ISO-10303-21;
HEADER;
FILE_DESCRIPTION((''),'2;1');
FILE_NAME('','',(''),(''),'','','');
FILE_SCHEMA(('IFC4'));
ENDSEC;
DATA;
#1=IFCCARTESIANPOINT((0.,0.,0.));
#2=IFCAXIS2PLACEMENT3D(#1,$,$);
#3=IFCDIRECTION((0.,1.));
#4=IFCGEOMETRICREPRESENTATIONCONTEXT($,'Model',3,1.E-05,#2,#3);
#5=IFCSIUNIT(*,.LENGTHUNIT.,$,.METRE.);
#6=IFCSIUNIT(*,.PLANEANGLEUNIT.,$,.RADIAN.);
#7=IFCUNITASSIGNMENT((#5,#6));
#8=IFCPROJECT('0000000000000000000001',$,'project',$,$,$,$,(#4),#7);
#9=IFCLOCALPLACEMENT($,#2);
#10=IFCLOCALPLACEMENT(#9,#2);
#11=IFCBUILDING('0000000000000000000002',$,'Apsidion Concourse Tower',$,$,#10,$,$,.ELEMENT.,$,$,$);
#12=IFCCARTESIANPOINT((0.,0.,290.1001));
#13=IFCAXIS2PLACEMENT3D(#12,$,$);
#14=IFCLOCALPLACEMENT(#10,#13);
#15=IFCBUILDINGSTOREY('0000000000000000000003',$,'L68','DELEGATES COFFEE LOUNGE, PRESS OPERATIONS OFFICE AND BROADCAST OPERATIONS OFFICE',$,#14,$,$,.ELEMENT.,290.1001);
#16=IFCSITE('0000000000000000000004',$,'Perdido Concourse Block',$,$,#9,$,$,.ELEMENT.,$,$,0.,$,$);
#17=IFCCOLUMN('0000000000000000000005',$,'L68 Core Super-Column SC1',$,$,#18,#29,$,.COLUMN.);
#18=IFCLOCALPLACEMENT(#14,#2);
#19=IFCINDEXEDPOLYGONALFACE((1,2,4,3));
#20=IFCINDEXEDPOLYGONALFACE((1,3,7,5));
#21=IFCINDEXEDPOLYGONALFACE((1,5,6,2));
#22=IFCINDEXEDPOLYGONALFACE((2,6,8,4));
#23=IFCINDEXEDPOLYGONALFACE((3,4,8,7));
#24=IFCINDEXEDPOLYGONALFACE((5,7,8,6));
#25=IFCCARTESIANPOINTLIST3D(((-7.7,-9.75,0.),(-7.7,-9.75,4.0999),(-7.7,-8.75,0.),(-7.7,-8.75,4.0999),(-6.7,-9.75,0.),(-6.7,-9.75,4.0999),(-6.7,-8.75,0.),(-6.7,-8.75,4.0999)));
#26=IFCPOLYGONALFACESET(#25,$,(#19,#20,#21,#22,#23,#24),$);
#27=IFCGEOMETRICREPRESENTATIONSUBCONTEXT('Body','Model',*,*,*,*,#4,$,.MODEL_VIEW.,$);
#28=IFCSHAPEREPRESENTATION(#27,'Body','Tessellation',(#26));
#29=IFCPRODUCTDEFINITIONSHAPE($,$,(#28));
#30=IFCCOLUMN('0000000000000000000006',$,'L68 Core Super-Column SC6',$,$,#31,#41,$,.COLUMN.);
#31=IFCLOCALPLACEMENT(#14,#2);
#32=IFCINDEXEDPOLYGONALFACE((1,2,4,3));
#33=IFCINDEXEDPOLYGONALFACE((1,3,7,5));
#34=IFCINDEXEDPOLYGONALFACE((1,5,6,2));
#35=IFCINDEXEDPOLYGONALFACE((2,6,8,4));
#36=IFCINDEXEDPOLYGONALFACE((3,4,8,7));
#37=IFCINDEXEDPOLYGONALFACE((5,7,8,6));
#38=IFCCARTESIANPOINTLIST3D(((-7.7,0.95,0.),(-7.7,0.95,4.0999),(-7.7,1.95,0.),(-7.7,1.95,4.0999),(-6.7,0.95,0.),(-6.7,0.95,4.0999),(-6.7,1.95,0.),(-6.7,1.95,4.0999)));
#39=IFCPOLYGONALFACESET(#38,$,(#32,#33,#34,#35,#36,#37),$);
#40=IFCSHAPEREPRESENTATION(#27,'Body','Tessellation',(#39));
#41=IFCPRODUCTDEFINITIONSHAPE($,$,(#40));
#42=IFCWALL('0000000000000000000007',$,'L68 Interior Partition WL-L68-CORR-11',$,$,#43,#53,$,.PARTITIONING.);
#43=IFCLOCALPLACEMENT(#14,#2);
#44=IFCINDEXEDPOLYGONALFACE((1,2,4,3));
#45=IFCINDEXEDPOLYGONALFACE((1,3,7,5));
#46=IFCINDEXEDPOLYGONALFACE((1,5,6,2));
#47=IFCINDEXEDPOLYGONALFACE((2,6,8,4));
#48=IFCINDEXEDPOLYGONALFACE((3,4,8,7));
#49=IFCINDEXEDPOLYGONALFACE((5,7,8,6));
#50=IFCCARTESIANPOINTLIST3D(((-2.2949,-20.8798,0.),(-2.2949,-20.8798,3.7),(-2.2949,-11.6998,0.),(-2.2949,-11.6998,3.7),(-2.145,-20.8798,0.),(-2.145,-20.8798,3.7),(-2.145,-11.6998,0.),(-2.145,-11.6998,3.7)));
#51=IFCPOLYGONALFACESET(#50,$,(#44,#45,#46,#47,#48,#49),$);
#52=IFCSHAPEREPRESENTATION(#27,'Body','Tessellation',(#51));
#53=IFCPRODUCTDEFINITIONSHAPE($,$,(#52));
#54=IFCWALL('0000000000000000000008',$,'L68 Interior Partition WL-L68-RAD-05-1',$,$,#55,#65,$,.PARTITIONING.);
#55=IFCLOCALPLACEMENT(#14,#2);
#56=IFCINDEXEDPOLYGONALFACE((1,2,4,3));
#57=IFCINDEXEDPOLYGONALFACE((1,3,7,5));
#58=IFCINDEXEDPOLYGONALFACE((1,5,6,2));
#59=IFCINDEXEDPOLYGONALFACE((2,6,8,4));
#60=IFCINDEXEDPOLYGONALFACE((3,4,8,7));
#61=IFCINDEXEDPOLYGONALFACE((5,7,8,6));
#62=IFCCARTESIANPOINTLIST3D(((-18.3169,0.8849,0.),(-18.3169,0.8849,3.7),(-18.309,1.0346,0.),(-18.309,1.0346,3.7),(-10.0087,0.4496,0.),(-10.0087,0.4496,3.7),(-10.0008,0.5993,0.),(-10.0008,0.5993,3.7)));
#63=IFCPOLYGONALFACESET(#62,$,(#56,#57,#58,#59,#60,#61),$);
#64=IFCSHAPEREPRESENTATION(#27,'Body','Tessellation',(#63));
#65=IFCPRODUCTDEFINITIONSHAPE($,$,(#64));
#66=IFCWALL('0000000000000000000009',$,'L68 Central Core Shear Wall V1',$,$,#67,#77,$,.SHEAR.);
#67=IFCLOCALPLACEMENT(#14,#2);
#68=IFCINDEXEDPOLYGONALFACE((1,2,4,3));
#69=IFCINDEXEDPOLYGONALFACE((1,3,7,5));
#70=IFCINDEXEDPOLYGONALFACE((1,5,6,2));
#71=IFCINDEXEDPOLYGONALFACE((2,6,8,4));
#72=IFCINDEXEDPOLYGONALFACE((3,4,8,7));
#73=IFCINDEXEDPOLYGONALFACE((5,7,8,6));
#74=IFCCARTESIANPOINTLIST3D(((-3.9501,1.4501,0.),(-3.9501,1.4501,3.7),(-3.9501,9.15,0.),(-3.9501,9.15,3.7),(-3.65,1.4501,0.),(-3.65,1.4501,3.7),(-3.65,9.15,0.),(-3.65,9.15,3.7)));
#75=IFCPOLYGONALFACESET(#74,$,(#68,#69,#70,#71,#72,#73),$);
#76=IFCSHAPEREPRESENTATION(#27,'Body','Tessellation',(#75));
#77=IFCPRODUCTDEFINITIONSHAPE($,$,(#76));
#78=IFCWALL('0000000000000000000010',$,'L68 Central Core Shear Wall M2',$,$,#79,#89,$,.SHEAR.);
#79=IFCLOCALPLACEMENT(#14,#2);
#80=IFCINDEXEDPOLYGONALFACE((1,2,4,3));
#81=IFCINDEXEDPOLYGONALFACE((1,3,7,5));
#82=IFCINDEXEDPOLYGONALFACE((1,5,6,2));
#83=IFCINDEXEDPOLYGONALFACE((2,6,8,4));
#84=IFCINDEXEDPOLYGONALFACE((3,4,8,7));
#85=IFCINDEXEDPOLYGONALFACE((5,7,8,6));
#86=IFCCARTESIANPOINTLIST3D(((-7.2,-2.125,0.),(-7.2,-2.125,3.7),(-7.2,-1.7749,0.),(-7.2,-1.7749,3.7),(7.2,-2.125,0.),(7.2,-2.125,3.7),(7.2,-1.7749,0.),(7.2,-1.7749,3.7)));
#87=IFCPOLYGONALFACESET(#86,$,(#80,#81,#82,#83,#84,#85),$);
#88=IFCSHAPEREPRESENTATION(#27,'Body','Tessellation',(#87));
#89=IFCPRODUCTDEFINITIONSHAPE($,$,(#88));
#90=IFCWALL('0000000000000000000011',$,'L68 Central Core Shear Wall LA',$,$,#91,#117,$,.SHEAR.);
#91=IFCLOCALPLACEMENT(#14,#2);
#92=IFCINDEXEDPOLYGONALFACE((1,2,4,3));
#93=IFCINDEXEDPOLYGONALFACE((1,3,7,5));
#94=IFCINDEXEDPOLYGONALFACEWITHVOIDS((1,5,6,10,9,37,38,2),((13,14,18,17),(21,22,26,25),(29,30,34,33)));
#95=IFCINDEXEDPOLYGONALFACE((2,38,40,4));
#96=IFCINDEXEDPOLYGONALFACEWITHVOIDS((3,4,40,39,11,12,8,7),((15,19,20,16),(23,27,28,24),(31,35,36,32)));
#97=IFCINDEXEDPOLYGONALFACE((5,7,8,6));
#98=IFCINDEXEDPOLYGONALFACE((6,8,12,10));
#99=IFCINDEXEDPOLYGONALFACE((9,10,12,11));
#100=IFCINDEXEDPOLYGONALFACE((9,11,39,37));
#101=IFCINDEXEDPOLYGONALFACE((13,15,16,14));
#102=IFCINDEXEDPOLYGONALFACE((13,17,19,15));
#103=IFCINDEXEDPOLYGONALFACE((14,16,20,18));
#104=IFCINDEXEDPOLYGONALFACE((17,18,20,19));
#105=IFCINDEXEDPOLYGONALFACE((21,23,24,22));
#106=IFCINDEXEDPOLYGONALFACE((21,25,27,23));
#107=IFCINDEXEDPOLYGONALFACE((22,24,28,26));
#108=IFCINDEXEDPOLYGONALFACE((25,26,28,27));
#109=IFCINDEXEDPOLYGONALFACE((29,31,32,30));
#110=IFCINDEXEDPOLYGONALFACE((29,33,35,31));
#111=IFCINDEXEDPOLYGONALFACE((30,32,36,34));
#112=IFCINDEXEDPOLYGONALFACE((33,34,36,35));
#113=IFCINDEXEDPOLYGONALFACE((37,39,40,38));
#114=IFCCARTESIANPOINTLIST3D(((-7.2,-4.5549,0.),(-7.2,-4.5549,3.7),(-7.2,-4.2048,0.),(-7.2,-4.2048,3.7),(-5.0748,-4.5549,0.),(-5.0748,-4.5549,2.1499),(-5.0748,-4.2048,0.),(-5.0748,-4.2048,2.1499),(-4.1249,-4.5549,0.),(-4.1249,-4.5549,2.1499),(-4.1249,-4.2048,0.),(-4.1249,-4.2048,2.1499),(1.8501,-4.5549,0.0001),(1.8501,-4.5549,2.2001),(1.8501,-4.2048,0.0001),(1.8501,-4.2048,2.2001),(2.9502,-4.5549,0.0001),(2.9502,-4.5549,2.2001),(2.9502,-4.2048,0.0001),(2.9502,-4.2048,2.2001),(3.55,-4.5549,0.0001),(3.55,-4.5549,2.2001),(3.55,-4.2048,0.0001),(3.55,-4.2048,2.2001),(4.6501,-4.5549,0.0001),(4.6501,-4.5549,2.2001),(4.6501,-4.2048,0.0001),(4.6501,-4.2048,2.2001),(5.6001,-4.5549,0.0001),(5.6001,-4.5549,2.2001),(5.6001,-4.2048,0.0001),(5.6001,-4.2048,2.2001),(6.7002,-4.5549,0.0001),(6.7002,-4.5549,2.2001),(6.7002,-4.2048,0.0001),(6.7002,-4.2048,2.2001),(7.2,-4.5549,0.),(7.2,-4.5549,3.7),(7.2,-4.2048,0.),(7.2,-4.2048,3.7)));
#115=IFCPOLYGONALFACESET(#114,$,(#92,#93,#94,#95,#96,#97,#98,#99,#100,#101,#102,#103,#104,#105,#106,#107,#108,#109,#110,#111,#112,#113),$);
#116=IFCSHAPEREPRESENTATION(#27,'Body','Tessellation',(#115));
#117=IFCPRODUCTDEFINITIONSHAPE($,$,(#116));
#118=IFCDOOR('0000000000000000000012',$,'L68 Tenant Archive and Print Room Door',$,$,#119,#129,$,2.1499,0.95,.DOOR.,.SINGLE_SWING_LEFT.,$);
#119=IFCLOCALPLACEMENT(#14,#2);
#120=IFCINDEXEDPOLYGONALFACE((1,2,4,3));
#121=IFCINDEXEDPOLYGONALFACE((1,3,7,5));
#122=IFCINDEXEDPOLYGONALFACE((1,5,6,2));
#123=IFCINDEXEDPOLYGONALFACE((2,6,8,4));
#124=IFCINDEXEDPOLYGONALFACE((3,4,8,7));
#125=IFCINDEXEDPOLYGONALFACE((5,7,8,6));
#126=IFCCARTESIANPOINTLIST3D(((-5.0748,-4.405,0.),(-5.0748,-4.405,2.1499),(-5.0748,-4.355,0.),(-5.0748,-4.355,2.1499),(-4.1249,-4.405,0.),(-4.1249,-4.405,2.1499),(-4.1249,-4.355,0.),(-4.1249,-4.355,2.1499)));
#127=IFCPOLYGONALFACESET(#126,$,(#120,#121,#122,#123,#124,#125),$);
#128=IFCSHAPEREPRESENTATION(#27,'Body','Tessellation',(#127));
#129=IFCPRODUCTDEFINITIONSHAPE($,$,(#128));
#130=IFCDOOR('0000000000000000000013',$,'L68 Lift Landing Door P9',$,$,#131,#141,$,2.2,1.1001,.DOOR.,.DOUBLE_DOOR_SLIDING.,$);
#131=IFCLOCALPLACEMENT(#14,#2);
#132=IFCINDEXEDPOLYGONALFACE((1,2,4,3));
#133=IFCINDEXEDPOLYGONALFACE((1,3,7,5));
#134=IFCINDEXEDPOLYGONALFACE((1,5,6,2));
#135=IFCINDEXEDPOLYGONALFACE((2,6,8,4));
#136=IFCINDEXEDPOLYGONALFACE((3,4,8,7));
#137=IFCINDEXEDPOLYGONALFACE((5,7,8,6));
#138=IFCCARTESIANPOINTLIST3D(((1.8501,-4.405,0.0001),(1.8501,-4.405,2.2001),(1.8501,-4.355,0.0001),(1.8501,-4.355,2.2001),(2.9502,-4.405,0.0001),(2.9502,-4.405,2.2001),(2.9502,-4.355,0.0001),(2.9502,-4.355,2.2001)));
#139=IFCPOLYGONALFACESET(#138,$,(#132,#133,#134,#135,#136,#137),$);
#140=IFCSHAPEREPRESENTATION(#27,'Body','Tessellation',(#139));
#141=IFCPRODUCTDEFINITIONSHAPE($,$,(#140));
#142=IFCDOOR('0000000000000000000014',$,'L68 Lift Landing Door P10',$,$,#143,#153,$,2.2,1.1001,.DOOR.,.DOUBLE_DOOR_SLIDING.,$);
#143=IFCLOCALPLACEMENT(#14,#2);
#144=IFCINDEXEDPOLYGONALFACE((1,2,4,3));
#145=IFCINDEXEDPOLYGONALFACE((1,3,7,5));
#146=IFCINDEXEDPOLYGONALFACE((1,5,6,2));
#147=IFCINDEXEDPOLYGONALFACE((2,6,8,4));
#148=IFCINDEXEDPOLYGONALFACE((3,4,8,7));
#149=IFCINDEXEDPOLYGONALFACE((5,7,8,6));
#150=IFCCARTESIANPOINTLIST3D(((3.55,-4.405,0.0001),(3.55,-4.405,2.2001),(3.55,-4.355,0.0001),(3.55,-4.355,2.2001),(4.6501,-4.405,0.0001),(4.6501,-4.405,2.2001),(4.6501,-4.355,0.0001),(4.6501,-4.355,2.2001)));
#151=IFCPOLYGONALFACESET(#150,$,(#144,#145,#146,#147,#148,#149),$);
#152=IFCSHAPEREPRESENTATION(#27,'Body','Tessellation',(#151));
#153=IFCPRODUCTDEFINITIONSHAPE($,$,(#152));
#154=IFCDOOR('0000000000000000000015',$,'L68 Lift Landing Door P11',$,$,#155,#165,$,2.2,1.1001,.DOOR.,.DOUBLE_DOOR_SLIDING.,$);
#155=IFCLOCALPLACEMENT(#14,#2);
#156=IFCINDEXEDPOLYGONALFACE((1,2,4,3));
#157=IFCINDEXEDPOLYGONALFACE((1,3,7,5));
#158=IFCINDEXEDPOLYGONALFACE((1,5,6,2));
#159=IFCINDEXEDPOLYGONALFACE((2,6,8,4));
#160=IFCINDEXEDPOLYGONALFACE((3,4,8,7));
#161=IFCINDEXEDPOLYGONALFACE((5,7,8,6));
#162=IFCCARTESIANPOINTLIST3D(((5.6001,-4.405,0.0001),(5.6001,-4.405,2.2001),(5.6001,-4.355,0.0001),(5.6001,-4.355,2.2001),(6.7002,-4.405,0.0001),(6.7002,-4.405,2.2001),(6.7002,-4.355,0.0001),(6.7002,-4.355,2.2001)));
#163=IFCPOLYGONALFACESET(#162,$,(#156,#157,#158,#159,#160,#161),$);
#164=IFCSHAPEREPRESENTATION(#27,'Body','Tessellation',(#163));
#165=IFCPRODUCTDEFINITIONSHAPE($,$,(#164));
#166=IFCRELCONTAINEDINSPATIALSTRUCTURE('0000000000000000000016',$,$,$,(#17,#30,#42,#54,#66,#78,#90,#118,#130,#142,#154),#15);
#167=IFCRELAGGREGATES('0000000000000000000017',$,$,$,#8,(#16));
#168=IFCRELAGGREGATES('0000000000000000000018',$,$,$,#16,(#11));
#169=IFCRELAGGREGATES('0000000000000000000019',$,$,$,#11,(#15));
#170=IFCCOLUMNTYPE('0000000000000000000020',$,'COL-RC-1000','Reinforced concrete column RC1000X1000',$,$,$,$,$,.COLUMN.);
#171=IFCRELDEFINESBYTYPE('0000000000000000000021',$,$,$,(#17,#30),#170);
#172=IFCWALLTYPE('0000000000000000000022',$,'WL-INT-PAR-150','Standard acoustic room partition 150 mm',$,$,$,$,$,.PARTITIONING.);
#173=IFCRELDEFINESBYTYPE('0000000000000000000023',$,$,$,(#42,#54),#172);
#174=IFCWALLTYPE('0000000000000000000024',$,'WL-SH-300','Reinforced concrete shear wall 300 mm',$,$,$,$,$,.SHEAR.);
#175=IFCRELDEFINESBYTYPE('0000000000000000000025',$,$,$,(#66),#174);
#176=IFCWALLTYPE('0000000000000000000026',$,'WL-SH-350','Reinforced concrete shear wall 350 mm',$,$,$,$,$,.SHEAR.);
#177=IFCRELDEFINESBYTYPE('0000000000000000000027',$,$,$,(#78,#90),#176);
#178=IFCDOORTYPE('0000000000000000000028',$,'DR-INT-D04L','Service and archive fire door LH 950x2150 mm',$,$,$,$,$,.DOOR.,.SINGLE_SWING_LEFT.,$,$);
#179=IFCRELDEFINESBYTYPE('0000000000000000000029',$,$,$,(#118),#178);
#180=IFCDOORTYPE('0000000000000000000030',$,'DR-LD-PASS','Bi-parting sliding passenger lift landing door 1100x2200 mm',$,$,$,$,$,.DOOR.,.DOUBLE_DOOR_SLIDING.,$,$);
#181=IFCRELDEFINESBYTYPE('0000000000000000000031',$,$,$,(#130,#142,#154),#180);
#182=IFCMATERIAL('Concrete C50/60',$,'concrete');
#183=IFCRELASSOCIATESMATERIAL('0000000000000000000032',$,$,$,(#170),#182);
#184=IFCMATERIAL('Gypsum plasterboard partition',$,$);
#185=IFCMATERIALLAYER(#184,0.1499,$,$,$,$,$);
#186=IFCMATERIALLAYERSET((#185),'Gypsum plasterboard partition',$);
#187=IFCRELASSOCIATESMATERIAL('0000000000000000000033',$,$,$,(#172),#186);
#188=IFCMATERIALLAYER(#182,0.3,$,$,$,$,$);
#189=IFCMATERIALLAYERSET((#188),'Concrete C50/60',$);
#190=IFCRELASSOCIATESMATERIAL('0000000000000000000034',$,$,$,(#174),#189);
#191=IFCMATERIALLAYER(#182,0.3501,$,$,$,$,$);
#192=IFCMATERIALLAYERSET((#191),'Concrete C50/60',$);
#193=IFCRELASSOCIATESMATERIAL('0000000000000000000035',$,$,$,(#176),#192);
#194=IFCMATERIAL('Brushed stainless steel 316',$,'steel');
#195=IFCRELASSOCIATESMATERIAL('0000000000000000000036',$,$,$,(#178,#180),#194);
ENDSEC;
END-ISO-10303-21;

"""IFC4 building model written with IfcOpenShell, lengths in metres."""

from ifc_helpers import new_model, si_unit, direction, frame, frame_2d, origin, origin_2d, place, context, subcontext, project, spatial, rectangle, extrude, material, layer, layer_set, material_profile, profile_set, type_object, element, fill, save


model = new_model("IFC4")

# Units and contexts
model_context = context("Model", 3, precision=1e-05, world=origin(), true_north=direction((0.0, 1.0)))
body_context = subcontext(model_context, "Body", "Model", "MODEL_VIEW")
ifc_project = project(units=[si_unit("LENGTHUNIT", "METRE"), si_unit("PLANEANGLEUNIT", "RADIAN")], contexts=[model_context])

# Site, building, storey
site_placement = place(None, origin())
site = spatial("IfcSite", under=ifc_project, at=site_placement, Name="Perdido Concourse Block", CompositionType="ELEMENT", RefElevation=0.0)
building_placement = place(site_placement, origin())
building = spatial("IfcBuilding", under=site, at=building_placement, Name="Apsidion Concourse Tower", CompositionType="ELEMENT")
storey_placement = place(building_placement, frame((0.0, 0.0, 290.1001)))
storey = spatial("IfcBuildingStorey", under=building, at=storey_placement, Name="L68", Description="DELEGATES COFFEE LOUNGE, PRESS OPERATIONS OFFICE AND BROADCAST OPERATIONS OFFICE", CompositionType="ELEMENT", Elevation=290.1001)

# Columns
ifc_material_1 = material(Name="Concrete C50/60", Category="concrete")
ifc_material_profile = material_profile(ifc_material_1, rectangle(XDim=1.0, YDim=1.0, at=origin_2d()), Name="RC 1000x1000")
ifc_profile_set = profile_set([ifc_material_profile], Name="Concrete C50/60")
column_type = type_object("IfcColumnType", Name="COL-RC-1000", Description="Reinforced concrete column RC1000X1000", PredefinedType="COLUMN", material=ifc_profile_set)
for number, where, z_axis, x_axis, name in (
    (1, (-7.2, -9.25, 0.0), (0.0, 0.0, 1.0), (1.0, 0.0, 0.0), "L68 Core Super-Column SC1"),
    (2, (-7.2, 1.45, 0.0), (0.0, 0.0, 1.0), (1.0, 0.0, 0.0), "L68 Core Super-Column SC6"),
):
    element("IfcColumn", number, at=place(storey_placement, frame(where, z_axis=z_axis, x_axis=x_axis)), inside=storey, type_object=column_type, Name=name, PredefinedType="COLUMN", context=body_context, shape_type="SweptSolid", body=[
        extrude(rectangle(XDim=1.0, YDim=1.0, at=origin_2d()), origin(), (0.0, 0.0, 1.0), 4.0999),
    ])

# Walls
ifc_material_2 = material(Name="Gypsum plasterboard partition")
ifc_layer_1 = layer(ifc_material_2, 0.1499)
ifc_layer_set_1 = layer_set([ifc_layer_1], Name="Gypsum plasterboard partition")
wall_type_1 = type_object("IfcWallType", Name="WL-INT-PAR-150", Description="Standard acoustic room partition 150 mm", PredefinedType="PARTITIONING", material=ifc_layer_set_1)
wall_1_placement = place(storey_placement, frame((-2.22, -11.7, 0.0), z_axis=(0.0, 0.0, 1.0), x_axis=(0.0, -1.0, 0.0)))
element("IfcWall", 3, at=wall_1_placement, inside=storey, type_object=wall_type_1, Name="L68 Interior Partition WL-L68-CORR-11", PredefinedType="PARTITIONING", context=body_context, shape_type="SweptSolid", body=[
    extrude(rectangle(XDim=9.1799, YDim=0.1499, at=frame_2d((4.5898, 0.0))), origin(), (0.0, 0.0, 1.0), 3.7),
])
wall_2_placement = place(storey_placement, frame((-10.0049, 0.5244, 0.0), z_axis=(0.0, 0.0, 1.0), x_axis=(-0.99863, 0.052323, 0.0)))
element("IfcWall", 4, at=wall_2_placement, inside=storey, type_object=wall_type_1, Name="L68 Interior Partition WL-L68-RAD-05-1", PredefinedType="PARTITIONING", context=body_context, shape_type="SweptSolid", body=[
    extrude(rectangle(XDim=8.3196, YDim=0.1499, at=frame_2d((4.1597, 0.0))), origin(), (0.0, 0.0, 1.0), 3.7),
])

# Shared definitions
ifc_material_3 = material(Name="Brushed stainless steel 316", Category="steel")

# Wall
ifc_layer_2 = layer(ifc_material_1, 0.3)
ifc_layer_set_2 = layer_set([ifc_layer_2], Name="Concrete C50/60")
wall_type_2 = type_object("IfcWallType", Name="WL-SH-300", Description="Reinforced concrete shear wall 300 mm", PredefinedType="SHEAR", material=ifc_layer_set_2)
wall_3_placement = place(storey_placement, frame((-3.8, 1.45, 0.0), z_axis=(0.0, 0.0, 1.0), x_axis=(0.0, 1.0, 0.0)))
element("IfcWall", 5, at=wall_3_placement, inside=storey, type_object=wall_type_2, Name="L68 Central Core Shear Wall V1", PredefinedType="SHEAR", context=body_context, shape_type="SweptSolid", body=[
    extrude(rectangle(XDim=7.7, YDim=0.3, at=frame_2d((3.8501, 0.0))), origin(), (0.0, 0.0, 1.0), 3.7),
])

# Shared definitions
ifc_layer_3 = layer(ifc_material_1, 0.3501)
ifc_layer_set_3 = layer_set([ifc_layer_3], Name="Concrete C50/60")
wall_type_3 = type_object("IfcWallType", Name="WL-SH-350", Description="Reinforced concrete shear wall 350 mm", PredefinedType="SHEAR", material=ifc_layer_set_3)

# Wall
wall_4_placement = place(storey_placement, frame((-7.2, -1.95, 0.0), z_axis=(0.0, 0.0, 1.0), x_axis=(1.0, 0.0, 0.0)))
element("IfcWall", 6, at=wall_4_placement, inside=storey, type_object=wall_type_3, Name="L68 Central Core Shear Wall M2", PredefinedType="SHEAR", context=body_context, shape_type="SweptSolid", body=[
    extrude(rectangle(XDim=14.3999, YDim=0.3501, at=frame_2d((7.2, 0.0))), origin(), (0.0, 0.0, 1.0), 3.7),
])

# Wall, openings, doors
wall_5_placement = place(storey_placement, frame((-7.2, -4.3799, 0.0), z_axis=(0.0, 0.0, 1.0), x_axis=(1.0, 0.0, 0.0)))
wall_5 = element("IfcWall", 7, at=wall_5_placement, inside=storey, type_object=wall_type_3, Name="L68 Central Core Shear Wall LA", PredefinedType="SHEAR", context=body_context, shape_type="SweptSolid", body=[
    extrude(rectangle(XDim=14.3999, YDim=0.3501, at=frame_2d((7.2, 0.0))), origin(), (0.0, 0.0, 1.0), 3.7),
])
opening_1_placement = place(wall_5_placement, frame((9.05, 0.0, 0.0)))
opening_1 = element("IfcOpeningElement", 8, at=opening_1_placement, cuts=wall_5, PredefinedType="OPENING", context=body_context, shape_type="SweptSolid", body=[
    extrude(rectangle(XDim=1.1001, YDim=2.2, at=frame_2d((0.55, 1.1001))), frame((0.0, 0.1851, 0.0), z_axis=(0.0, -1.0, 0.0), x_axis=(1.0, 0.0, 0.0)), (0.0, 0.0, 1.0), 0.3701),
])
opening_2_placement = place(wall_5_placement, frame((10.75, 0.0, 0.0)))
opening_2 = element("IfcOpeningElement", 9, at=opening_2_placement, cuts=wall_5, PredefinedType="OPENING", context=body_context, shape_type="SweptSolid", body=[
    extrude(rectangle(XDim=1.1001, YDim=2.2, at=frame_2d((0.55, 1.1001))), frame((0.0, 0.1851, 0.0), z_axis=(0.0, -1.0, 0.0), x_axis=(1.0, 0.0, 0.0)), (0.0, 0.0, 1.0), 0.3701),
])
opening_3_placement = place(wall_5_placement, frame((12.8, 0.0, 0.0)))
opening_3 = element("IfcOpeningElement", 10, at=opening_3_placement, cuts=wall_5, PredefinedType="OPENING", context=body_context, shape_type="SweptSolid", body=[
    extrude(rectangle(XDim=1.1001, YDim=2.2, at=frame_2d((0.55, 1.1001))), frame((0.0, 0.1851, 0.0), z_axis=(0.0, -1.0, 0.0), x_axis=(1.0, 0.0, 0.0)), (0.0, 0.0, 1.0), 0.3701),
])
opening_4_placement = place(wall_5_placement, frame((2.125, 0.0, 0.0)))
opening_4 = element("IfcOpeningElement", 11, at=opening_4_placement, cuts=wall_5, PredefinedType="OPENING", context=body_context, shape_type="SweptSolid", body=[
    extrude(rectangle(XDim=0.95, YDim=2.1499, at=frame_2d((0.4751, 1.075))), frame((0.0, 0.1851, 0.0), z_axis=(0.0, -1.0, 0.0), x_axis=(1.0, 0.0, 0.0)), (0.0, 0.0, 1.0), 0.3701),
])
door_type_1 = type_object("IfcDoorType", Name="DR-INT-D04L", Description="Service and archive fire door LH 950x2150 mm", OperationType="SINGLE_SWING_LEFT", PredefinedType="DOOR", material=ifc_material_3)
door_1_placement = place(opening_4_placement, origin())
door_1 = element("IfcDoor", 12, at=door_1_placement, inside=storey, type_object=door_type_1, Name="L68 Tenant Archive and Print Room Door", OperationType="SINGLE_SWING_LEFT", OverallHeight=2.1499, OverallWidth=0.95, PredefinedType="DOOR", context=body_context, shape_type="SweptSolid", body=[
    extrude(rectangle(XDim=0.95, YDim=2.1499, at=frame_2d((0.4751, 1.075))), frame((0.0, 0.0249, 0.0), z_axis=(0.0, -1.0, 0.0), x_axis=(1.0, 0.0, 0.0)), (0.0, 0.0, 1.0), 0.05),
])
fill(opening_4, door_1)
door_type_2 = type_object("IfcDoorType", Name="DR-LD-PASS", Description="Bi-parting sliding passenger lift landing door 1100x2200 mm", OperationType="DOUBLE_DOOR_SLIDING", PredefinedType="DOOR", material=ifc_material_3)
door_2_placement = place(opening_1_placement, origin())
door_2 = element("IfcDoor", 13, at=door_2_placement, inside=storey, type_object=door_type_2, Name="L68 Lift Landing Door P9", OperationType="DOUBLE_DOOR_SLIDING", OverallHeight=2.2, OverallWidth=1.1001, PredefinedType="DOOR", context=body_context, shape_type="SweptSolid", body=[
    extrude(rectangle(XDim=1.1001, YDim=2.2, at=frame_2d((0.55, 1.1001))), frame((0.0, 0.0249, 0.0), z_axis=(0.0, -1.0, 0.0), x_axis=(1.0, 0.0, 0.0)), (0.0, 0.0, 1.0), 0.05),
])
fill(opening_1, door_2)
door_3_placement = place(opening_2_placement, origin())
door_3 = element("IfcDoor", 14, at=door_3_placement, inside=storey, type_object=door_type_2, Name="L68 Lift Landing Door P10", OperationType="DOUBLE_DOOR_SLIDING", OverallHeight=2.2, OverallWidth=1.1001, PredefinedType="DOOR", context=body_context, shape_type="SweptSolid", body=[
    extrude(rectangle(XDim=1.1001, YDim=2.2, at=frame_2d((0.55, 1.1001))), frame((0.0, 0.0249, 0.0), z_axis=(0.0, -1.0, 0.0), x_axis=(1.0, 0.0, 0.0)), (0.0, 0.0, 1.0), 0.05),
])
fill(opening_2, door_3)
door_4_placement = place(opening_3_placement, origin())
door_4 = element("IfcDoor", 15, at=door_4_placement, inside=storey, type_object=door_type_2, Name="L68 Lift Landing Door P11", OperationType="DOUBLE_DOOR_SLIDING", OverallHeight=2.2, OverallWidth=1.1001, PredefinedType="DOOR", context=body_context, shape_type="SweptSolid", body=[
    extrude(rectangle(XDim=1.1001, YDim=2.2, at=frame_2d((0.55, 1.1001))), frame((0.0, 0.0249, 0.0), z_axis=(0.0, -1.0, 0.0), x_axis=(1.0, 0.0, 0.0)), (0.0, 0.0, 1.0), 0.05),
])
fill(opening_3, door_4)

save(model, "model.ifc")
